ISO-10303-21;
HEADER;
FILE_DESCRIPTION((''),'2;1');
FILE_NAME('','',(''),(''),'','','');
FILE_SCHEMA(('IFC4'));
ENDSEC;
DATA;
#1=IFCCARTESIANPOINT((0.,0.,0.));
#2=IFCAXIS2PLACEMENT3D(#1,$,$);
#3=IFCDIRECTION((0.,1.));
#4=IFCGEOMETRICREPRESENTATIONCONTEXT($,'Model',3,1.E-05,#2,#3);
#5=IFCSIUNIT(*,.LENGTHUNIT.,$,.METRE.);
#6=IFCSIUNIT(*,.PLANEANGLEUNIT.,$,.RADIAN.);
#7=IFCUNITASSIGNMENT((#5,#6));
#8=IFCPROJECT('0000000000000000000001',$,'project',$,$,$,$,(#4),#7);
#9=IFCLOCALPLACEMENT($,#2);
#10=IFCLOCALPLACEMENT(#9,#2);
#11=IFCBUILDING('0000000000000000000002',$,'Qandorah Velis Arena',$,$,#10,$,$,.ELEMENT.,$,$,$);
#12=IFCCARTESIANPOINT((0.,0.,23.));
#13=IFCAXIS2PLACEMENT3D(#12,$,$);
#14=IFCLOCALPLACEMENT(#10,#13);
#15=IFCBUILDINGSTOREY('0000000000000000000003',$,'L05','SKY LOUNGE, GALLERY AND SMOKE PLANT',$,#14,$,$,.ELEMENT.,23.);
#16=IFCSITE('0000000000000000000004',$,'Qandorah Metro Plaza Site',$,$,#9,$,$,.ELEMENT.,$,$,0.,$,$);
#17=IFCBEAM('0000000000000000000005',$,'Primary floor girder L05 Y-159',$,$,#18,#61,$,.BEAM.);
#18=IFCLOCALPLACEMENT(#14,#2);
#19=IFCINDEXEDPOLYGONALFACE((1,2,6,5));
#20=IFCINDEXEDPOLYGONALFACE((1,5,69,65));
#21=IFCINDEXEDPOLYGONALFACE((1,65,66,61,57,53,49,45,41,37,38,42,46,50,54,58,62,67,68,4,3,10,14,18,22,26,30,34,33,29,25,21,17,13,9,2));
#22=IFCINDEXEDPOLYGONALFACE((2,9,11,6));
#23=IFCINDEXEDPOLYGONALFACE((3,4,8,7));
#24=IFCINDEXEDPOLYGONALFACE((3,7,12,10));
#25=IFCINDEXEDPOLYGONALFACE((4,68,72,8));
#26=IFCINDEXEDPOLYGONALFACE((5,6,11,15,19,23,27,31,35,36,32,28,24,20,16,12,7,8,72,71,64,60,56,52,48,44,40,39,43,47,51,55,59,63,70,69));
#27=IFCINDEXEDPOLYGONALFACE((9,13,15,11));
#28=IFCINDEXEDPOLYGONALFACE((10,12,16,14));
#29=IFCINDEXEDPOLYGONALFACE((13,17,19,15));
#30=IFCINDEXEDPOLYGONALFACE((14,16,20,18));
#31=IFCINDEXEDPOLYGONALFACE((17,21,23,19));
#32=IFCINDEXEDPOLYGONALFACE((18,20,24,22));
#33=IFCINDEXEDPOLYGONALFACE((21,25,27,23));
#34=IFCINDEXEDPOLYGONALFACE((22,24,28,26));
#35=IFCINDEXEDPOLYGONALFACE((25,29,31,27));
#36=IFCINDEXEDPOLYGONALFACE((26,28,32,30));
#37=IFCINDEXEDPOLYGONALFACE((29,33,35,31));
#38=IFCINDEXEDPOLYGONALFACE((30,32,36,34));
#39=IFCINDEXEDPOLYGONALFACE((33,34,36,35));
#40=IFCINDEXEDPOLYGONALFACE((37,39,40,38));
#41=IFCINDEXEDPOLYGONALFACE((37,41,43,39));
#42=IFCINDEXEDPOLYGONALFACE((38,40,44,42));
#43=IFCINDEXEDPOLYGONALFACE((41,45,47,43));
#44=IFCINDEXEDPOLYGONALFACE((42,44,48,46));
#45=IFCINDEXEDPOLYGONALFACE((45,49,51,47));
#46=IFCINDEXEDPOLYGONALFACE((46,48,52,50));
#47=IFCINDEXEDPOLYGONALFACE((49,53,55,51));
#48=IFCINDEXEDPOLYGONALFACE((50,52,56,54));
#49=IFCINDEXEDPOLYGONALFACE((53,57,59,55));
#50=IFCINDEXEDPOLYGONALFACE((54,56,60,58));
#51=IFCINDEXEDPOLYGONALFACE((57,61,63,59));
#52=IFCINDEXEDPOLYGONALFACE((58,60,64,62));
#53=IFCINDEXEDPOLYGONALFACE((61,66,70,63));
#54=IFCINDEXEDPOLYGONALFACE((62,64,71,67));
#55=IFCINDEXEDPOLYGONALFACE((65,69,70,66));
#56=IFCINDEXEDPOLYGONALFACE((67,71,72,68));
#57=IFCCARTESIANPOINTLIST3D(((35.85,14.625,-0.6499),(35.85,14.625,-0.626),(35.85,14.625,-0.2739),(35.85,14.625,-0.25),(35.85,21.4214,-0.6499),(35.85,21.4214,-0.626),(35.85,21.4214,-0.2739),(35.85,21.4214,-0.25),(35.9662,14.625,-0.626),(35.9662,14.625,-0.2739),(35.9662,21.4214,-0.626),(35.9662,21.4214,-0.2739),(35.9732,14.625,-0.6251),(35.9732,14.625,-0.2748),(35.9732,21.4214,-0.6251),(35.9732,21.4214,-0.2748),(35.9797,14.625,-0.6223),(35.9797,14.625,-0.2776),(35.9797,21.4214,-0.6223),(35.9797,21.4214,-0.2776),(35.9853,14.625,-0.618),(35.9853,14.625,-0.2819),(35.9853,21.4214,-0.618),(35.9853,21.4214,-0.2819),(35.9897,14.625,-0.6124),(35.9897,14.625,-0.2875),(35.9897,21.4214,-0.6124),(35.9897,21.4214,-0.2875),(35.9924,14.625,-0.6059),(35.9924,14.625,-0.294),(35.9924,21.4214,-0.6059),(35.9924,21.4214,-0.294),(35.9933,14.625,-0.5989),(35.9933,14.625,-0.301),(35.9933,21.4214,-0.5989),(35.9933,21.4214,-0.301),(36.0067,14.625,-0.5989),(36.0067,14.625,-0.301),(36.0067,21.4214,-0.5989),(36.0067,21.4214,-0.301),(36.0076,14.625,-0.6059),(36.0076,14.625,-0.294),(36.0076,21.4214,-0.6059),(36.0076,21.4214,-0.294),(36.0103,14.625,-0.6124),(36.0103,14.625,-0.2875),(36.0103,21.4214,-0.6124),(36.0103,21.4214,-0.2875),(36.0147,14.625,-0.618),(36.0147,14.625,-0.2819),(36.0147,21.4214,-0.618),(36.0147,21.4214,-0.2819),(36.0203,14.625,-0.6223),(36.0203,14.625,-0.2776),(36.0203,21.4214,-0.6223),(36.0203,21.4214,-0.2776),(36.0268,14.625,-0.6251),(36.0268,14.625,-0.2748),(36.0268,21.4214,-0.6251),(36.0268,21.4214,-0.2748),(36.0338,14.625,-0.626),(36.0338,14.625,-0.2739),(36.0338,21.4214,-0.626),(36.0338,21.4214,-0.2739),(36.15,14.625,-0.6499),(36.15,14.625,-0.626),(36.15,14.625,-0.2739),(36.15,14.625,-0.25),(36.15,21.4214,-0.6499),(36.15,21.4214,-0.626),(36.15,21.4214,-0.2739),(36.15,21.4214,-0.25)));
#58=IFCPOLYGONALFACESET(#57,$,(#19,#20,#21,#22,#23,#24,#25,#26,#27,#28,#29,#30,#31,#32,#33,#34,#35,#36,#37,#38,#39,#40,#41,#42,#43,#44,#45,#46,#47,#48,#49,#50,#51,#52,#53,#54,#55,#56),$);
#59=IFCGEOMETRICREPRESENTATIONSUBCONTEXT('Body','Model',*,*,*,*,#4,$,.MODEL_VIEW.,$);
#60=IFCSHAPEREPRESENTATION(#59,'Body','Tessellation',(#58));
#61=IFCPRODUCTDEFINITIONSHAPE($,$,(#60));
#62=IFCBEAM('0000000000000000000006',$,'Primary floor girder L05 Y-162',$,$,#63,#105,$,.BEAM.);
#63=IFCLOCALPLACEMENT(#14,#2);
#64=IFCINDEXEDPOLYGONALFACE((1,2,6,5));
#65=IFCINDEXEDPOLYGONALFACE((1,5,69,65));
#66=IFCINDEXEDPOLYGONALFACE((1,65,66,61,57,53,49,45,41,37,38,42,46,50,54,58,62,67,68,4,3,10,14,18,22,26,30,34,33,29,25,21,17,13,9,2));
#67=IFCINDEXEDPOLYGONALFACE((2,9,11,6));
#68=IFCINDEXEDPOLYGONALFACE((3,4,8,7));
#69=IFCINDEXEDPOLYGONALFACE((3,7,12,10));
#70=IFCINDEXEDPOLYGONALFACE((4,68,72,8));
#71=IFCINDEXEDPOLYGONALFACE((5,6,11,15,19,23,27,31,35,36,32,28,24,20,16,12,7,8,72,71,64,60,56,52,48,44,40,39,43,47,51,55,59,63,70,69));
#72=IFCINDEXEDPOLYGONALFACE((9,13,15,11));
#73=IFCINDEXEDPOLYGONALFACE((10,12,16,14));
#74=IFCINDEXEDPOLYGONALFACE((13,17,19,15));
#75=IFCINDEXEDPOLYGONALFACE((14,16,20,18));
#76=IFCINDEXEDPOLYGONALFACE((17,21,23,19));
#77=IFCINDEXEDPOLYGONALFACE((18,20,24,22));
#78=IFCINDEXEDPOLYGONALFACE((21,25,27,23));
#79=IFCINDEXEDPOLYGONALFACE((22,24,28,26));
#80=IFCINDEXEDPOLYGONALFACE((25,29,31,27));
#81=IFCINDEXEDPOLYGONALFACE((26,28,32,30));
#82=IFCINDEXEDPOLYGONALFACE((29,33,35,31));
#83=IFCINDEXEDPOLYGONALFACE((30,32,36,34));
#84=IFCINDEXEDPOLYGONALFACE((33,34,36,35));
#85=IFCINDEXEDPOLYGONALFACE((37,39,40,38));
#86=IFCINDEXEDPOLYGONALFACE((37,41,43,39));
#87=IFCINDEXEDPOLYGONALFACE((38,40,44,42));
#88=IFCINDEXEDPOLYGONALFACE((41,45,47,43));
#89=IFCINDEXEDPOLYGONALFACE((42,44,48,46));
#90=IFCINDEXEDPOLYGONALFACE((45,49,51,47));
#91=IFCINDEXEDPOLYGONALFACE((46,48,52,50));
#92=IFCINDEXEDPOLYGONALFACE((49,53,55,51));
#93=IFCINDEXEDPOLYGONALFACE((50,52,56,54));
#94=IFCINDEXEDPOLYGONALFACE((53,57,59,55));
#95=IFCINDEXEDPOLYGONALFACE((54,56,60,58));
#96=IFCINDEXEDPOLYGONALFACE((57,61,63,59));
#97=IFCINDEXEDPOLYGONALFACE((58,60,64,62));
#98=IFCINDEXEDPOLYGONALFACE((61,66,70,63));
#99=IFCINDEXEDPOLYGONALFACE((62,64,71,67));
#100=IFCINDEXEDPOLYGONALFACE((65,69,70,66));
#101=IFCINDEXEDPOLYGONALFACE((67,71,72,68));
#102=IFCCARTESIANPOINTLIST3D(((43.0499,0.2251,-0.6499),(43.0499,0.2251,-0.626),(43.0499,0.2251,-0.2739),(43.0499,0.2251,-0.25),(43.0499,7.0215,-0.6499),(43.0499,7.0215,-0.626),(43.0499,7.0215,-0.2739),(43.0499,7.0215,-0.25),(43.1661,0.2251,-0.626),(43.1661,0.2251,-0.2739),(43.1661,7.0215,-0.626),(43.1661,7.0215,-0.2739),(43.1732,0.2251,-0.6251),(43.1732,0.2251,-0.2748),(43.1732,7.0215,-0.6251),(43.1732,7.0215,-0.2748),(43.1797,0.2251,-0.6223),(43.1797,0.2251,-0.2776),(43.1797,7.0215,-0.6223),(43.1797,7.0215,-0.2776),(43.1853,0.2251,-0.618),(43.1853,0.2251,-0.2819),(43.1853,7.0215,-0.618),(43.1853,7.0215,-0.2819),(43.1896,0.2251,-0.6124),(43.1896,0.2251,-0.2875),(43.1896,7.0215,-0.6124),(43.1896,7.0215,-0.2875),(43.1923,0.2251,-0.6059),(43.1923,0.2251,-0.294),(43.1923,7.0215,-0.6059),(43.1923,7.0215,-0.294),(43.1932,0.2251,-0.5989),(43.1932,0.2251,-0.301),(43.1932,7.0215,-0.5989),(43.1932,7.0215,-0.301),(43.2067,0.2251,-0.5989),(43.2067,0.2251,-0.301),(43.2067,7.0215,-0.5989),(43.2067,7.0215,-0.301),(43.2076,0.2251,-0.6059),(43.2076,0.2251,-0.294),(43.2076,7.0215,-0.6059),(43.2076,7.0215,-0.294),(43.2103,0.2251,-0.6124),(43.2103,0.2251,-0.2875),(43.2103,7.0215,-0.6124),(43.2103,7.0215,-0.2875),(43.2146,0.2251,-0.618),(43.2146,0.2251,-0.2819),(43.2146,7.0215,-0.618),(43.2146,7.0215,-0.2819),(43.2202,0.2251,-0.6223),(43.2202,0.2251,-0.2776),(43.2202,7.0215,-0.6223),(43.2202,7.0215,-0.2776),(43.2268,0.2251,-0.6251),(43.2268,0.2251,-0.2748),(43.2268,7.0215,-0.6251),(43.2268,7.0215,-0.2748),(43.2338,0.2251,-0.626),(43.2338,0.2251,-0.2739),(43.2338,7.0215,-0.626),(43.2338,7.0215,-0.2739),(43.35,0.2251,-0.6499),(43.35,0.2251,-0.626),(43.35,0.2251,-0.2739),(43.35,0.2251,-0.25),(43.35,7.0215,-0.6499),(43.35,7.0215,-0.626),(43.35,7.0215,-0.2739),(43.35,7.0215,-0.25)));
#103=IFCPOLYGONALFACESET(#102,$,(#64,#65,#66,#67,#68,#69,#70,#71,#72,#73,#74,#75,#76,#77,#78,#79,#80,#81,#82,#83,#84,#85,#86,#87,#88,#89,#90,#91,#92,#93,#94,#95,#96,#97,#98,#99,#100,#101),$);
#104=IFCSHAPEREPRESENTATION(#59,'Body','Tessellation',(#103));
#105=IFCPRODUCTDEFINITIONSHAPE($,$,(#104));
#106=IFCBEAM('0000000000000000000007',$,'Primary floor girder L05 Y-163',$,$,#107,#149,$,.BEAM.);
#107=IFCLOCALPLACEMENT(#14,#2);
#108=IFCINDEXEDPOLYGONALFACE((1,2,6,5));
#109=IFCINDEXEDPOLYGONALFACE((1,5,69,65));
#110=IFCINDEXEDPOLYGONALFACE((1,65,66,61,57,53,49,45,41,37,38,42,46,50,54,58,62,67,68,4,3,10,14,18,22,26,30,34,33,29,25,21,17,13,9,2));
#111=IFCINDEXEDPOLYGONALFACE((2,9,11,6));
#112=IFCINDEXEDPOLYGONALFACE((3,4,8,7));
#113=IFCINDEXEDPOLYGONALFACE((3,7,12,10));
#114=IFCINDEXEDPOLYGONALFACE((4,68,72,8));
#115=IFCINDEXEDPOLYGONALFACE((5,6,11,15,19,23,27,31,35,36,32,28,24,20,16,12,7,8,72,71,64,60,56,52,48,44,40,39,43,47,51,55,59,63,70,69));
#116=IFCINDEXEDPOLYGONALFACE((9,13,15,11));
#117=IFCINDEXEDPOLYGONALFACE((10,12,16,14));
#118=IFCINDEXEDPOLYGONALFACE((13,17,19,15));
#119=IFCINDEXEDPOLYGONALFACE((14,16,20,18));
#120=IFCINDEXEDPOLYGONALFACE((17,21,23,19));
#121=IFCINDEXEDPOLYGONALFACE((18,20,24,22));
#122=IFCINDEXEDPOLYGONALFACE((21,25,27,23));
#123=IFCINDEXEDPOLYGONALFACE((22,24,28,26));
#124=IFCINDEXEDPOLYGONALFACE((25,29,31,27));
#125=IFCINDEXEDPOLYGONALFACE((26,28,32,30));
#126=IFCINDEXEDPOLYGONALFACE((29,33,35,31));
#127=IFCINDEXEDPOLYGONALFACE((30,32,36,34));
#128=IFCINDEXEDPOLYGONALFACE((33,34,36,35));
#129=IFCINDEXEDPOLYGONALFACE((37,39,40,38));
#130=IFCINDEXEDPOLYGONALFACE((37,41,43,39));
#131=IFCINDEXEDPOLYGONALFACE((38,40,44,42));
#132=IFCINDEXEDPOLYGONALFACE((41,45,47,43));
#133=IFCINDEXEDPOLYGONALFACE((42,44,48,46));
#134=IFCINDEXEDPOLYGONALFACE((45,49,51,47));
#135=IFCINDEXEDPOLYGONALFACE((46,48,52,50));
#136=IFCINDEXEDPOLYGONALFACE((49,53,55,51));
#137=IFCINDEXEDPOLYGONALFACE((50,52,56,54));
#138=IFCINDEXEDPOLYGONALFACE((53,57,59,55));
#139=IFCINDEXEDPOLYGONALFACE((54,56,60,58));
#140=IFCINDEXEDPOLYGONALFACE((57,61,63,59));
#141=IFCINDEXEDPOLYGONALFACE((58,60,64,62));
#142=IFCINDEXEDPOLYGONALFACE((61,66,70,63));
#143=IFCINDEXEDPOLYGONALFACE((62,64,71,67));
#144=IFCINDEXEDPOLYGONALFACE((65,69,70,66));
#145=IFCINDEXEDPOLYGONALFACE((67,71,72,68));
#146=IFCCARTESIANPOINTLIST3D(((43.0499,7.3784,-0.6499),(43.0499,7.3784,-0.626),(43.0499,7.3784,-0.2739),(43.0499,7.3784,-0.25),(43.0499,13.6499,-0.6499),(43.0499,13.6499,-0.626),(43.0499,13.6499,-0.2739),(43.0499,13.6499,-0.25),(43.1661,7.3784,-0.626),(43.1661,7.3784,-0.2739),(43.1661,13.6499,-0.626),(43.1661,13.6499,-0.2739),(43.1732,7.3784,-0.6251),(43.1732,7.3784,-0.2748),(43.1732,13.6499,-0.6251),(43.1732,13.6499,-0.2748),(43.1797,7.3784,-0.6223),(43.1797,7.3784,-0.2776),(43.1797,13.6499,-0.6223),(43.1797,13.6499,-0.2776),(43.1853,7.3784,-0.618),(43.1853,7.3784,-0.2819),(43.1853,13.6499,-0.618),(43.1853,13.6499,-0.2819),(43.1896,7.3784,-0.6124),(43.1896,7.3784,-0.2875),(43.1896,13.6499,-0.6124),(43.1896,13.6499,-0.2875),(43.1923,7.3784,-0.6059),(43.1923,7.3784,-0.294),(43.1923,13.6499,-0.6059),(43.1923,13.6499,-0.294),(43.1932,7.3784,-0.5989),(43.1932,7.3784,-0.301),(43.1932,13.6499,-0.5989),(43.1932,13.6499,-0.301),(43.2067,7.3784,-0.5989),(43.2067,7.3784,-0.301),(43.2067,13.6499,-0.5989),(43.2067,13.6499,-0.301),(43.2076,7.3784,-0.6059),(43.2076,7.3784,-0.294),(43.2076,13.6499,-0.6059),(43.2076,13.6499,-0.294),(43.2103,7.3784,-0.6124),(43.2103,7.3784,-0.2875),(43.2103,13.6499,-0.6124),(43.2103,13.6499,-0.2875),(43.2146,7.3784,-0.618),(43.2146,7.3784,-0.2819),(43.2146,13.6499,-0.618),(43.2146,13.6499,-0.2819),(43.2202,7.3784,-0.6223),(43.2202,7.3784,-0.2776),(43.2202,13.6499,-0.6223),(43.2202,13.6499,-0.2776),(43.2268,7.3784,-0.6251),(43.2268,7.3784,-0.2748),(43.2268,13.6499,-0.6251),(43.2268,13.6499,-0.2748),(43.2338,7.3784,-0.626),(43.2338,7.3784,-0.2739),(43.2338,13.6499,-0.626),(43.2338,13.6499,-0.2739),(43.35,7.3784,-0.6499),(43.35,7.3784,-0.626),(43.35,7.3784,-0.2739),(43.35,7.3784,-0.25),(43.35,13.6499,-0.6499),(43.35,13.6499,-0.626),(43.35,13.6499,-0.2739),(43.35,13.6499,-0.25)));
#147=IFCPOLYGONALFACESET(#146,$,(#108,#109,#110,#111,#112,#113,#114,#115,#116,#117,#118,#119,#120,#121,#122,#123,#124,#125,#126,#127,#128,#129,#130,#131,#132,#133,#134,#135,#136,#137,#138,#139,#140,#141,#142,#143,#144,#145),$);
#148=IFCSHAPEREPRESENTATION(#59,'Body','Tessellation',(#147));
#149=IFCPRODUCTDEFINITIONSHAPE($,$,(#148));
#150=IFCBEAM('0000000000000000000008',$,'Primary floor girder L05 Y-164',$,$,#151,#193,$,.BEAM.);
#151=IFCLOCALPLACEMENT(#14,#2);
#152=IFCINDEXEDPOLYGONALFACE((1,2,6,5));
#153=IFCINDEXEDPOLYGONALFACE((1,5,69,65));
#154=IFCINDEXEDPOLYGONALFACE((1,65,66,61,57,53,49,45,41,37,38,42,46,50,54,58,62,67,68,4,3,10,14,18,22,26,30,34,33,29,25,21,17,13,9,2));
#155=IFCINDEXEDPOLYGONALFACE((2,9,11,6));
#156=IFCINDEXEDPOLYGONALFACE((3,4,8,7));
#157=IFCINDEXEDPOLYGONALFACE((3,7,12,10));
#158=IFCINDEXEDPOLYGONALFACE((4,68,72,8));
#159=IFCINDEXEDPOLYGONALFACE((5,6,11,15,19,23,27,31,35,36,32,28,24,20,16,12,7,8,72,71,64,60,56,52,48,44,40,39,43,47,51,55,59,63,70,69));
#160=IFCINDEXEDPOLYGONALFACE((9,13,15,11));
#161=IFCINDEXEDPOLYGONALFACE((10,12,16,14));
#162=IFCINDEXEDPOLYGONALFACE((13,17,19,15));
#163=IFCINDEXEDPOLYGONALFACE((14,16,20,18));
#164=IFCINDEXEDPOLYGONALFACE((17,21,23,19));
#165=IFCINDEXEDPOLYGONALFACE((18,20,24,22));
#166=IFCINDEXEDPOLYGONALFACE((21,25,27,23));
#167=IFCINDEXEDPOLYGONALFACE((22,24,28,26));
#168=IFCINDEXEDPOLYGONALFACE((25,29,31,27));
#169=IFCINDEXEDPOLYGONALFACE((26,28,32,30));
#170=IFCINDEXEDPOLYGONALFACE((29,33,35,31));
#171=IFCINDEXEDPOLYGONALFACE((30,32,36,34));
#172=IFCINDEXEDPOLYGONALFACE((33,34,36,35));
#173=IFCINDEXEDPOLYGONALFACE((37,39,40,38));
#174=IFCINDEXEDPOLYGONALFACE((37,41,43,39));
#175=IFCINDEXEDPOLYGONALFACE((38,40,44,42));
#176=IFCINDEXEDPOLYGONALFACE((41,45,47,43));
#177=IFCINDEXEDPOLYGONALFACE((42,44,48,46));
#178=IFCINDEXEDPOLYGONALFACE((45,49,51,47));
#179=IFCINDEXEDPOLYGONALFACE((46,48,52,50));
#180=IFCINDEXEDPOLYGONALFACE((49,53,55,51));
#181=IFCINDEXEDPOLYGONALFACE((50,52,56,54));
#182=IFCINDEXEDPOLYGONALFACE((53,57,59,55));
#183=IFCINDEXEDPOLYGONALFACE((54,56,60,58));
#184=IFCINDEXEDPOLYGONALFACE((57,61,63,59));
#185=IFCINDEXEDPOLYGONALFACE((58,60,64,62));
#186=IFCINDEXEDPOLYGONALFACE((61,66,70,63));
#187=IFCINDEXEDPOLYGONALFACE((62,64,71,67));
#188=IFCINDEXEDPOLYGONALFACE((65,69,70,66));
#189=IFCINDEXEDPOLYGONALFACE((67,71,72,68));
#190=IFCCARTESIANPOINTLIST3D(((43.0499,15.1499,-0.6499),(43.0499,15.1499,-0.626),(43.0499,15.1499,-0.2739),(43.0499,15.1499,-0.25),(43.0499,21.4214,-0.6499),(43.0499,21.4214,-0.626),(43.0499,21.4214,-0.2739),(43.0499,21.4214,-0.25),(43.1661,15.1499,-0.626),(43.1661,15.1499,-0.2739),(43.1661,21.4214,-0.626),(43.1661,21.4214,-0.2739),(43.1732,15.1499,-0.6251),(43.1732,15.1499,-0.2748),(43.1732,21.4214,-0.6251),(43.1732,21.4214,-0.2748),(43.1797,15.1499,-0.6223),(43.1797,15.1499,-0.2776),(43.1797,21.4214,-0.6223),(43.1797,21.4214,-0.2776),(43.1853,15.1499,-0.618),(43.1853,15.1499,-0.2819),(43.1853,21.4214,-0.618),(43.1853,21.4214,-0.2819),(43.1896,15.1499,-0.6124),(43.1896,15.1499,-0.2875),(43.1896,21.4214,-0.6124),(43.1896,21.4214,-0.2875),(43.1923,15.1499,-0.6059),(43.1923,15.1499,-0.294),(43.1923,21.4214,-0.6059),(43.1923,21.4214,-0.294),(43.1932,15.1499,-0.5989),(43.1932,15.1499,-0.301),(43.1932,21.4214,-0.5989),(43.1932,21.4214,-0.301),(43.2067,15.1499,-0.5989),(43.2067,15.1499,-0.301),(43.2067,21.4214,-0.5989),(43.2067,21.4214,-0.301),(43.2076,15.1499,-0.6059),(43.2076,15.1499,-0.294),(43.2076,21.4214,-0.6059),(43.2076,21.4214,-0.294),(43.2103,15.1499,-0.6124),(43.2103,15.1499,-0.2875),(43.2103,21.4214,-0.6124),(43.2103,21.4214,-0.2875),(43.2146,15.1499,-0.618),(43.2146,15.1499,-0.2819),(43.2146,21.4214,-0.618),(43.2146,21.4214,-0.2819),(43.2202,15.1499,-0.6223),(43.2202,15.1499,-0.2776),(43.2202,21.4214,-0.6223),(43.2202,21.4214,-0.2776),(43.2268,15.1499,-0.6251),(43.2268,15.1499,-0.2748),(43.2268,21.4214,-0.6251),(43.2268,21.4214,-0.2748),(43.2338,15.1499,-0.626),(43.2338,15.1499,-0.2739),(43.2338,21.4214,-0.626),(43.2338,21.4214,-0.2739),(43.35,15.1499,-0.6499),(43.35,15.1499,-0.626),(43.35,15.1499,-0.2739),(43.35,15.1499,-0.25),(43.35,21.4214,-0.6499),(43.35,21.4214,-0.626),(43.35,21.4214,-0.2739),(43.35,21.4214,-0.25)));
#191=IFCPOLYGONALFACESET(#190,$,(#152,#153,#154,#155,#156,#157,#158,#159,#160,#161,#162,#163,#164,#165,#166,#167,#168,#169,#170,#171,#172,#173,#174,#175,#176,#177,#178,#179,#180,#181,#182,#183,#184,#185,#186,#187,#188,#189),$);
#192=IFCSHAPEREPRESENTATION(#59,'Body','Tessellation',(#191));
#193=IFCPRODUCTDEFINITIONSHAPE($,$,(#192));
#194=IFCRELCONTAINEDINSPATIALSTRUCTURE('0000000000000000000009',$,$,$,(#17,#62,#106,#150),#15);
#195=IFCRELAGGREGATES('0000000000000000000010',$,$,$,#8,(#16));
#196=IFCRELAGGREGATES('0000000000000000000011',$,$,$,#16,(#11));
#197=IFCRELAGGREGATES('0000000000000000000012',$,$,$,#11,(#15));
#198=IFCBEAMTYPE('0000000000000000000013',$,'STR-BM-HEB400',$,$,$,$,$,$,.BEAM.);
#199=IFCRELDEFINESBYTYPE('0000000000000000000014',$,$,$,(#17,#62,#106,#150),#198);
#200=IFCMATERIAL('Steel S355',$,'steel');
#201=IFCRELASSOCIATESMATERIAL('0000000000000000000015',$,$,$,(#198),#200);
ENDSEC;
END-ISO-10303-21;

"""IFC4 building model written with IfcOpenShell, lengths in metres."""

from ifc_helpers import new_model, si_unit, direction, frame, origin, origin_2d, place, context, subcontext, project, spatial, i_section, extrude, material, material_profile, profile_set, type_object, element, save


model = new_model("IFC4")

# Units and contexts
model_context = context("Model", 3, precision=1e-05, world=origin(), true_north=direction((0.0, 1.0)))
body_context = subcontext(model_context, "Body", "Model", "MODEL_VIEW")
ifc_project = project(units=[si_unit("LENGTHUNIT", "METRE"), si_unit("PLANEANGLEUNIT", "RADIAN")], contexts=[model_context])

# Site, building, storey
site_placement = place(None, origin())
site = spatial("IfcSite", under=ifc_project, at=site_placement, Name="Qandorah Metro Plaza Site", CompositionType="ELEMENT", RefElevation=0.0)
building_placement = place(site_placement, origin())
building = spatial("IfcBuilding", under=site, at=building_placement, Name="Qandorah Velis Arena", CompositionType="ELEMENT")
storey_placement = place(building_placement, frame((0.0, 0.0, 23.0)))
storey = spatial("IfcBuildingStorey", under=building, at=storey_placement, Name="L05", Description="SKY LOUNGE, GALLERY AND SMOKE PLANT", CompositionType="ELEMENT", Elevation=23.0)

# Beams
ifc_material_1 = material(Name="Steel S355", Category="steel")
ifc_material_profile_1 = material_profile(ifc_material_1, i_section(OverallWidth=0.3, OverallDepth=0.3999, WebThickness=0.0134, FlangeThickness=0.0239, FilletRadius=0.0271, at=origin_2d()), Name="HEB 400")
ifc_profile_set_1 = profile_set([ifc_material_profile_1], Name="Steel S355")
beam_type_1 = type_object("IfcBeamType", Name="STR-BM-HEB400", PredefinedType="BEAM", material=ifc_profile_set_1)
for number, where, z_axis, x_axis, name in (
    (1, (36.0, 14.625, -0.45), (0.0, 1.0, 0.0), (-1.0, 0.0, 0.0), "Primary floor girder L05 Y-159"),
    (2, (43.2, 0.2251, -0.45), (0.0, 1.0, 0.0), (-1.0, 0.0, 0.0), "Primary floor girder L05 Y-162"),
):
    element("IfcBeam", number, at=place(storey_placement, frame(where, z_axis=z_axis, x_axis=x_axis)), inside=storey, type_object=beam_type_1, Name=name, PredefinedType="BEAM", context=body_context, shape_type="SweptSolid", body=[
        extrude(i_section(OverallWidth=0.3, OverallDepth=0.3999, WebThickness=0.0134, FlangeThickness=0.0239, FilletRadius=0.0271, at=origin_2d()), origin(), (0.0, 0.0, 1.0), 6.7964),
    ])
for number, where, z_axis, x_axis, name in (
    (3, (43.2, 7.3784, -0.45), (0.0, 1.0, 0.0), (-1.0, 0.0, 0.0), "Primary floor girder L05 Y-163"),
    (4, (43.2, 15.1499, -0.45), (0.0, 1.0, 0.0), (-1.0, 0.0, 0.0), "Primary floor girder L05 Y-164"),
):
    element("IfcBeam", number, at=place(storey_placement, frame(where, z_axis=z_axis, x_axis=x_axis)), inside=storey, type_object=beam_type_1, Name=name, PredefinedType="BEAM", context=body_context, shape_type="SweptSolid", body=[
        extrude(i_section(OverallWidth=0.3, OverallDepth=0.3999, WebThickness=0.0134, FlangeThickness=0.0239, FilletRadius=0.0271, at=origin_2d()), origin(), (0.0, 0.0, 1.0), 6.2715),
    ])

save(model, "model.ifc")
